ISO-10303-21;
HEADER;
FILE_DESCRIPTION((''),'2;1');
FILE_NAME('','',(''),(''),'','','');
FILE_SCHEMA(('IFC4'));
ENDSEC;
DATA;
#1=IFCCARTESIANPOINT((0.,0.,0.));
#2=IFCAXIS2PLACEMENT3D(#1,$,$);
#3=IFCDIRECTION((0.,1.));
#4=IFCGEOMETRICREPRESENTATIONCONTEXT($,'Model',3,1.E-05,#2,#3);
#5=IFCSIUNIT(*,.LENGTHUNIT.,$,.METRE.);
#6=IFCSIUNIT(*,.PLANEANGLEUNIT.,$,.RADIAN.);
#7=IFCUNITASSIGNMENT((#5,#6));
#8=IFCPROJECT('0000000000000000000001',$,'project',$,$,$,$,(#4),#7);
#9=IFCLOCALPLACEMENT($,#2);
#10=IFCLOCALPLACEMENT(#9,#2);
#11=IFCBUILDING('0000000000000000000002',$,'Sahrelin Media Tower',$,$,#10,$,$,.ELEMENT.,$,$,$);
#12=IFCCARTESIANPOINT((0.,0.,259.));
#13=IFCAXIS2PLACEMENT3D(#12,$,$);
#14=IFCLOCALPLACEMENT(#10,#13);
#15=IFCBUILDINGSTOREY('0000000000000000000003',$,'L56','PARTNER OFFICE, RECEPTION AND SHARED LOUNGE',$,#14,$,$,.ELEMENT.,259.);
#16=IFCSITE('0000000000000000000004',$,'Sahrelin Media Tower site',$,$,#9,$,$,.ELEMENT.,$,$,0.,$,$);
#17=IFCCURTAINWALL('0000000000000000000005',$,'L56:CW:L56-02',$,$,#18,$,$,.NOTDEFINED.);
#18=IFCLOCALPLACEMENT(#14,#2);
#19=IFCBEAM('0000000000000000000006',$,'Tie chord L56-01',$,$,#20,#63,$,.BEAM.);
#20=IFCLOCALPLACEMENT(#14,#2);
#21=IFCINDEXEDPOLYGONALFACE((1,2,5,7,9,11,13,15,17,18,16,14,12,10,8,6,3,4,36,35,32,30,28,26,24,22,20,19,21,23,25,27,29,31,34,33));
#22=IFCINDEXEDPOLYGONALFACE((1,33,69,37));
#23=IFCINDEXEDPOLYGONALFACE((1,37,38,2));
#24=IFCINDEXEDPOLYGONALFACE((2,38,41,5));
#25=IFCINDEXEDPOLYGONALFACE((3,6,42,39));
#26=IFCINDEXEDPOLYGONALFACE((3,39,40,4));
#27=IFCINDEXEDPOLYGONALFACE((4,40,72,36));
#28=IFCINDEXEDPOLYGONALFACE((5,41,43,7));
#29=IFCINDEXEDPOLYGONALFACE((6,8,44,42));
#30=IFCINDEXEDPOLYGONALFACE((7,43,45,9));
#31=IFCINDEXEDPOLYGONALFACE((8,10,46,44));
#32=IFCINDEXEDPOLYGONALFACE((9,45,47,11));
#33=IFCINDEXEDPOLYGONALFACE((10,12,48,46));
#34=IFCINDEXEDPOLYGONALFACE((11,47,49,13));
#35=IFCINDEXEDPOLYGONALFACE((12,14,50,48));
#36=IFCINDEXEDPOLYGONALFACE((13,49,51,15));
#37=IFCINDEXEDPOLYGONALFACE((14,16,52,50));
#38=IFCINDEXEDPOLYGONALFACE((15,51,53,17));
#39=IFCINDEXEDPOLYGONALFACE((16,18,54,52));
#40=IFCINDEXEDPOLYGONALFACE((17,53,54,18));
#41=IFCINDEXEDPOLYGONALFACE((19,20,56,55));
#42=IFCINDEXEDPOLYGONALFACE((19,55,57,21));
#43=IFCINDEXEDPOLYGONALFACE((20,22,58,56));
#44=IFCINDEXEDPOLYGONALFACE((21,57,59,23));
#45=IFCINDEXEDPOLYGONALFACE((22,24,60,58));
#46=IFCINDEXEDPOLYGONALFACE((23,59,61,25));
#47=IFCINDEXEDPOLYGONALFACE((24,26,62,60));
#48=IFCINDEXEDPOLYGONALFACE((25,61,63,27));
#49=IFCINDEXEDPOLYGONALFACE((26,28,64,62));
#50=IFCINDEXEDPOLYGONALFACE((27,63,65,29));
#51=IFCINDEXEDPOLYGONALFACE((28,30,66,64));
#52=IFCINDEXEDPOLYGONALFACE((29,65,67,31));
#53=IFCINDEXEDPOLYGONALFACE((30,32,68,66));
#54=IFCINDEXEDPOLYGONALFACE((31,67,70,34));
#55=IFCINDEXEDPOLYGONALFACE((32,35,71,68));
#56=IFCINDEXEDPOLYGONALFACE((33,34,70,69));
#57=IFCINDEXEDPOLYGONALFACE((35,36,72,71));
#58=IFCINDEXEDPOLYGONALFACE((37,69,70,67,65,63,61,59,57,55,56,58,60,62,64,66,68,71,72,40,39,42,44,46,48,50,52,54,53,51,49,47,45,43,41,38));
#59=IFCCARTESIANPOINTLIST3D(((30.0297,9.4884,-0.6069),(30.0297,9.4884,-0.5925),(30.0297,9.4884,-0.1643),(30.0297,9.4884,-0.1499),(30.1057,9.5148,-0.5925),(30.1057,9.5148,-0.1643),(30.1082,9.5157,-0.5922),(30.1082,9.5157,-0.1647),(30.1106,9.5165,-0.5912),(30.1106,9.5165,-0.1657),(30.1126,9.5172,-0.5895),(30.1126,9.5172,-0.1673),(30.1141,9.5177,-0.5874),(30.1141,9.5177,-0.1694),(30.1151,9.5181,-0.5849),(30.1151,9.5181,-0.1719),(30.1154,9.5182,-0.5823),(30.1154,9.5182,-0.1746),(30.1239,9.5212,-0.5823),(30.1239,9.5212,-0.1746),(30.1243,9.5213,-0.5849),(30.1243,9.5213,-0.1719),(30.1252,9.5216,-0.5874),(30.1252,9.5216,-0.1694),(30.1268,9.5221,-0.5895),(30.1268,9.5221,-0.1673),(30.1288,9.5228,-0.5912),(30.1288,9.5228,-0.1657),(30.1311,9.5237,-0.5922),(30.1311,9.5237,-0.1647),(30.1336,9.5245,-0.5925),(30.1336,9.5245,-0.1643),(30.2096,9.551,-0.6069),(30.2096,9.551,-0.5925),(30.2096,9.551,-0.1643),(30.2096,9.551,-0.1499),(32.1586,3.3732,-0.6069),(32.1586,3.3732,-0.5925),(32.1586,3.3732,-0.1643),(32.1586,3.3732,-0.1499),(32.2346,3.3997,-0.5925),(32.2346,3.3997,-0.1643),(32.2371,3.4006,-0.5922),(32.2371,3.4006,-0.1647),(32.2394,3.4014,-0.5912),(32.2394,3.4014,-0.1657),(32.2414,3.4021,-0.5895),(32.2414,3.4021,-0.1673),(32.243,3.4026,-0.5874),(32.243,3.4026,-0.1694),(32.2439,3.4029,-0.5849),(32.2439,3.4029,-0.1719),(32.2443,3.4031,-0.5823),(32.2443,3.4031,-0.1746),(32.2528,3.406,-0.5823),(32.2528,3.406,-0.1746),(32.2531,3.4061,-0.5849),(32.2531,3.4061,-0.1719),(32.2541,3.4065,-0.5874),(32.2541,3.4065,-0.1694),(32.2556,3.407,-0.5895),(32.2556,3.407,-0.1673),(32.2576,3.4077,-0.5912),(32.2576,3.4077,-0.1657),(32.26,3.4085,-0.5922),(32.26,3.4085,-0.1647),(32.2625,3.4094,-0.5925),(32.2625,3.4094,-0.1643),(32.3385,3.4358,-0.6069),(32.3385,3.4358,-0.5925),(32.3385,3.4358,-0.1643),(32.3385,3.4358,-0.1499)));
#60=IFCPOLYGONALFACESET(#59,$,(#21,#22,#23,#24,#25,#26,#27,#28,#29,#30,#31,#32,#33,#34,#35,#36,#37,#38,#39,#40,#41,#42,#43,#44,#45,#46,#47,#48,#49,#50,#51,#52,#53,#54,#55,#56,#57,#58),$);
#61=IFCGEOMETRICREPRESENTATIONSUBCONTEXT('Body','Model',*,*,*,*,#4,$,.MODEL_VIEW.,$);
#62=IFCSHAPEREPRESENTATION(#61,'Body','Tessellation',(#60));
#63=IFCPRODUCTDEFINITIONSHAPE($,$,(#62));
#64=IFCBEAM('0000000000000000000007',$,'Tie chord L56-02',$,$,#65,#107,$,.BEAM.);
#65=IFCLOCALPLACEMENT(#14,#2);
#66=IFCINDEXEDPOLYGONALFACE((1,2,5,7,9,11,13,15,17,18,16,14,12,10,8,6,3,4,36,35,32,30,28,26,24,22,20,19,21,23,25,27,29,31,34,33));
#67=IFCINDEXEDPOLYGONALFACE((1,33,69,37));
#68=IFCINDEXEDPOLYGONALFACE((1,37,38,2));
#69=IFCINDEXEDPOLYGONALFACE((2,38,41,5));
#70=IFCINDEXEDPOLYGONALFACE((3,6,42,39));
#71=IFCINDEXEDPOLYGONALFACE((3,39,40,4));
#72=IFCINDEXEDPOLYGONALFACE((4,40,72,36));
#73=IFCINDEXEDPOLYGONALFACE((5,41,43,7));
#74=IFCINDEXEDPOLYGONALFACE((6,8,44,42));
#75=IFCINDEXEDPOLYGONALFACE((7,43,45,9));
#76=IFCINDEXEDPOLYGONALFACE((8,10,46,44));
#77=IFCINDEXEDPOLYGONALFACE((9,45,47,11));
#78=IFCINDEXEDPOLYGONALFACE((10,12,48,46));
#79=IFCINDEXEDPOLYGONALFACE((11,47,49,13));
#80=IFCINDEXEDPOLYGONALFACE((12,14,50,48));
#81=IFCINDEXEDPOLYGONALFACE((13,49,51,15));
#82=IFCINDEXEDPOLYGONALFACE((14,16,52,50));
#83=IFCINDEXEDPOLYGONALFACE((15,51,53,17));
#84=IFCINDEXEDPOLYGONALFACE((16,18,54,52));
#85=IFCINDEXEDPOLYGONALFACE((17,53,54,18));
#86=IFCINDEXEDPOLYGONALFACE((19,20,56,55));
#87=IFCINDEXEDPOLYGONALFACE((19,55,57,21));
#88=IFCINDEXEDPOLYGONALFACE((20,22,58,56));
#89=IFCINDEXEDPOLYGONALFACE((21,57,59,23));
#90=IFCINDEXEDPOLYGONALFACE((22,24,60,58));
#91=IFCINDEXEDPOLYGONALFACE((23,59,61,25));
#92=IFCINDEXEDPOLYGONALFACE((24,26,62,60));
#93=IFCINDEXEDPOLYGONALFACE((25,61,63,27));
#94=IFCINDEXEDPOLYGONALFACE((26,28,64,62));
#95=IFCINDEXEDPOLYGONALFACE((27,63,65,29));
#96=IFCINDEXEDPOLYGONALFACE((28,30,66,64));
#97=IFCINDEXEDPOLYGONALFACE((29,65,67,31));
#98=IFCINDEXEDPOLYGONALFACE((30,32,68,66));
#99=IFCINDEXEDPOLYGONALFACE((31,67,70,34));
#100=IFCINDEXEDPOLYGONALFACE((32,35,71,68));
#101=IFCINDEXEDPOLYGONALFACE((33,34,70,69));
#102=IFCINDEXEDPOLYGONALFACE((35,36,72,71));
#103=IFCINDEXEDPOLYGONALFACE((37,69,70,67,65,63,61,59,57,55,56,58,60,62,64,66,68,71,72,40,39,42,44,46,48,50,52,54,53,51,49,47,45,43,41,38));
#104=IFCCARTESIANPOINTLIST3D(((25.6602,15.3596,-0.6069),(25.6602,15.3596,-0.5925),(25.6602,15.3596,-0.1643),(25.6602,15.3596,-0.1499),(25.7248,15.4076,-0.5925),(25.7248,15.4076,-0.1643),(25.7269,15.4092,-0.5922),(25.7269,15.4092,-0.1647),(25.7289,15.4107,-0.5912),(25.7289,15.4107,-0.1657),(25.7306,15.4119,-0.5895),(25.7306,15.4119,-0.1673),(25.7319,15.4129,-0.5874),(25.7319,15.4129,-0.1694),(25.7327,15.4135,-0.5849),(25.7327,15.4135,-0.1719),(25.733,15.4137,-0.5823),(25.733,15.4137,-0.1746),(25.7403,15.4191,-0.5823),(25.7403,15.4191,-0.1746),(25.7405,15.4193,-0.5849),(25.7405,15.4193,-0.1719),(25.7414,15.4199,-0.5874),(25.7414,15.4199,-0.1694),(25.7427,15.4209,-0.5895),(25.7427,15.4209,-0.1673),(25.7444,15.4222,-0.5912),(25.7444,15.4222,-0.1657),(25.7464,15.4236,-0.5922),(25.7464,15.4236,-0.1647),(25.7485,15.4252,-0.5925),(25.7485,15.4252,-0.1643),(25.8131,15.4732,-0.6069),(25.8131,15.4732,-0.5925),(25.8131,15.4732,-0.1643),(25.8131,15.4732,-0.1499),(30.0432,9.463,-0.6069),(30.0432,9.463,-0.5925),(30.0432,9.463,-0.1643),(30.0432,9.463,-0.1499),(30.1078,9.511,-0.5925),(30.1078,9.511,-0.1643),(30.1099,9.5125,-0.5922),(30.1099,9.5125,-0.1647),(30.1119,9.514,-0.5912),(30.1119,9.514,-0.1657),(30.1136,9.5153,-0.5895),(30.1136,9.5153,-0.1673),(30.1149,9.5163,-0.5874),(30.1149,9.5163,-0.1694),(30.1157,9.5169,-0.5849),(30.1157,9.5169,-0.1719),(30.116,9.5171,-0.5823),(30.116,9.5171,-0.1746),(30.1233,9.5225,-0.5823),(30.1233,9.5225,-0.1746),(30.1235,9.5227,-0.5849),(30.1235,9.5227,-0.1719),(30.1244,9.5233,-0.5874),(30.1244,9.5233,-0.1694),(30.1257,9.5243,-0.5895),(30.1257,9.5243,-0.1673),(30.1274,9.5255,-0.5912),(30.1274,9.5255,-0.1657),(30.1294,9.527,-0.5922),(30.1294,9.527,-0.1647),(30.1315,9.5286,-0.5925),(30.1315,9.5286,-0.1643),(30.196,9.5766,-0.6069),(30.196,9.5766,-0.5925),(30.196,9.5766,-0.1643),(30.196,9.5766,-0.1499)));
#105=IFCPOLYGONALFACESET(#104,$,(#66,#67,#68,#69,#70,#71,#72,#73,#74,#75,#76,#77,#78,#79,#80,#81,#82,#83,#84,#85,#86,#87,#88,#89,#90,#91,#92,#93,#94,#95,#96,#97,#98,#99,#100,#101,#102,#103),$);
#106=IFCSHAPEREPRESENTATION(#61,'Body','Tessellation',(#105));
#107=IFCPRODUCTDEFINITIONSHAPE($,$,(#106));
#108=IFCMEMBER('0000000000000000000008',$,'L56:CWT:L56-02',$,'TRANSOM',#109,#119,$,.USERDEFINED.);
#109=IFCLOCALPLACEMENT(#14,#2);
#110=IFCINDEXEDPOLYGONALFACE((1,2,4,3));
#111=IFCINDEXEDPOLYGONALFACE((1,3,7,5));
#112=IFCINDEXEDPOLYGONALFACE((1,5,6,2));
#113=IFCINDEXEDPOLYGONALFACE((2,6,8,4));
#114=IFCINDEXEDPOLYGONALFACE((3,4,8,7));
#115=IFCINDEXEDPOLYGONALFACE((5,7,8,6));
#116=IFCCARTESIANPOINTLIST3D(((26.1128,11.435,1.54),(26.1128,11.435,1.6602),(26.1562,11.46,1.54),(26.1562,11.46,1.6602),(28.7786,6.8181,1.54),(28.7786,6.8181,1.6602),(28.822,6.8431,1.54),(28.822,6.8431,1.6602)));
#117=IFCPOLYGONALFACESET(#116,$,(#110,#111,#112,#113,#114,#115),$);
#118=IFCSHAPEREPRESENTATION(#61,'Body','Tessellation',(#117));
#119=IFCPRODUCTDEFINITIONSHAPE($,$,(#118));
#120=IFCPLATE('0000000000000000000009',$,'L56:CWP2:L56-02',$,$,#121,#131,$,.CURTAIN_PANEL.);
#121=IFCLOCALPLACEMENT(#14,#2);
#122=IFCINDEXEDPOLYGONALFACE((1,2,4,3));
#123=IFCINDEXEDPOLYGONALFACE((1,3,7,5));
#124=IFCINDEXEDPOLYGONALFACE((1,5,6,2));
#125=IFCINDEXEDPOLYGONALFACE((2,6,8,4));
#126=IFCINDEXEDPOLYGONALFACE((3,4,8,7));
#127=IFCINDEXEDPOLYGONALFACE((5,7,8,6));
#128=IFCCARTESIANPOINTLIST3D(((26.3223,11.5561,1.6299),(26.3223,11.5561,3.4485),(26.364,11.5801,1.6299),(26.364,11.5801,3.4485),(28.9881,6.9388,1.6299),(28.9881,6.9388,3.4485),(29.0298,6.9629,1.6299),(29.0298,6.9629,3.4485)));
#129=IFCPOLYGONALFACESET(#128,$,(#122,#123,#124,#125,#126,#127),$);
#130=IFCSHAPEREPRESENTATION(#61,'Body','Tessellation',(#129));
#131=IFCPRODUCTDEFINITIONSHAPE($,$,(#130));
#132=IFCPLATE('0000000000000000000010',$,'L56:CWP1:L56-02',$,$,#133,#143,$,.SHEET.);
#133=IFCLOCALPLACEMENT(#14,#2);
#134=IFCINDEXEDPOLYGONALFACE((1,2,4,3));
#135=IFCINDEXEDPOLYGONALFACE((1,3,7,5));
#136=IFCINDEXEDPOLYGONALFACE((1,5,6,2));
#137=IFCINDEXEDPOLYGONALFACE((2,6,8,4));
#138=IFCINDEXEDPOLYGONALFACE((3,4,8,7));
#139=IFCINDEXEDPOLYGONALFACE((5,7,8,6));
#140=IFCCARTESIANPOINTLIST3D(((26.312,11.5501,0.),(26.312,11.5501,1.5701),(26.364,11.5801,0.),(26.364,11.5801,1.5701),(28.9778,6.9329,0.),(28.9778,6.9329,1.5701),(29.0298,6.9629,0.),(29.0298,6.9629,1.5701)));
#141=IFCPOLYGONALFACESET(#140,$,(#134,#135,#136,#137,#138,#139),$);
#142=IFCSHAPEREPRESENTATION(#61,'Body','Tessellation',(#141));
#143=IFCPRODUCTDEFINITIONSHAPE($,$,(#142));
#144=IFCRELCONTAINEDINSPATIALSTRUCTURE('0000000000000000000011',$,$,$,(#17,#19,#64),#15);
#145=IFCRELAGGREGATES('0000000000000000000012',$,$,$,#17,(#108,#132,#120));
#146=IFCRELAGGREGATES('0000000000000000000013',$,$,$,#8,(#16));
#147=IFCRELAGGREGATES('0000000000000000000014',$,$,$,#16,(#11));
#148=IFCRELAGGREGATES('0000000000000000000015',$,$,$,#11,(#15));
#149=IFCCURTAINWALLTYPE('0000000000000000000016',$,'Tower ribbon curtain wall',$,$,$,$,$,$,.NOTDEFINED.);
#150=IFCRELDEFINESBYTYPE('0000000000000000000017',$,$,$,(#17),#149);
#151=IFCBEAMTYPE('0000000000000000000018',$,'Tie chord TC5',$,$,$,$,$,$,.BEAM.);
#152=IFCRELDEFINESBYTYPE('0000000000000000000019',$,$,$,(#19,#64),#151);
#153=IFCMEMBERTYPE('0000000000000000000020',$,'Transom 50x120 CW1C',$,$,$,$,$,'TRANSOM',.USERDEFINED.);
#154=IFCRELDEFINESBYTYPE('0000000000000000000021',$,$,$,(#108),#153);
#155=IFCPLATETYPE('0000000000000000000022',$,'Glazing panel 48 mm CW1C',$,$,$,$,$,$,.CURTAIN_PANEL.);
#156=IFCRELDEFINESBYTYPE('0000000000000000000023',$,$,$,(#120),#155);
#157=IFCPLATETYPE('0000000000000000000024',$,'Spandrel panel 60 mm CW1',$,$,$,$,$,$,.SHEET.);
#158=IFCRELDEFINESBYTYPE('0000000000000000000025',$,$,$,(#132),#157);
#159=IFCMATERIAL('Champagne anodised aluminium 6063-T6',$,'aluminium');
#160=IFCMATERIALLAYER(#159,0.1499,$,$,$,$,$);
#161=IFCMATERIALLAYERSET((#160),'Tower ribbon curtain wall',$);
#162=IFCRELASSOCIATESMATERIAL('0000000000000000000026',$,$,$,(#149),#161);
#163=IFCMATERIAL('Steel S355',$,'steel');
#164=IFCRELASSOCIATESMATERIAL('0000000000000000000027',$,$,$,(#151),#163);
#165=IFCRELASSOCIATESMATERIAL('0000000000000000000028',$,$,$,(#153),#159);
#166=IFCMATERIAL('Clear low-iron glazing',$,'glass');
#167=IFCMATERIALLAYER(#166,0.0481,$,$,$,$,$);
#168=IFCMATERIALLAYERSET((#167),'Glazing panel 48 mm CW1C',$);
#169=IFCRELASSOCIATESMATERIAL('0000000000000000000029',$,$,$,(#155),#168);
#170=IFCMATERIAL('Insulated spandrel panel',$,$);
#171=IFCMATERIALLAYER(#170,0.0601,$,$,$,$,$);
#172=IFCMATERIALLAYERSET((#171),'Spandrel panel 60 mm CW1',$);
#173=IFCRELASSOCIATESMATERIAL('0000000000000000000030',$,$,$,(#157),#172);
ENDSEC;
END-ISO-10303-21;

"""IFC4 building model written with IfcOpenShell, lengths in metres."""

from ifc_helpers import new_model, si_unit, direction, frame, origin, origin_2d, place, context, subcontext, project, spatial, polyline, rectangle, i_section, outline, extrude, material, layer, layer_set, material_profile, profile_set, type_object, element, aggregate, save


model = new_model("IFC4")

# Units and contexts
model_context = context("Model", 3, precision=1e-05, world=origin(), true_north=direction((0.0, 1.0)))
body_context = subcontext(model_context, "Body", "Model", "MODEL_VIEW")
ifc_project = project(units=[si_unit("LENGTHUNIT", "METRE"), si_unit("PLANEANGLEUNIT", "RADIAN")], contexts=[model_context])

# Site, building, storey
site_placement = place(None, origin())
site = spatial("IfcSite", under=ifc_project, at=site_placement, Name="Sahrelin Media Tower site", CompositionType="ELEMENT", RefElevation=0.0)
building_placement = place(site_placement, origin())
building = spatial("IfcBuilding", under=site, at=building_placement, Name="Sahrelin Media Tower", CompositionType="ELEMENT")
storey_placement = place(building_placement, frame((0.0, 0.0, 259.0)))
storey = spatial("IfcBuildingStorey", under=building, at=storey_placement, Name="L56", Description="PARTNER OFFICE, RECEPTION AND SHARED LOUNGE", CompositionType="ELEMENT", Elevation=259.0)

# Shared definitions
ifc_material_1 = material(Name="Steel S355", Category="steel")

# Curtain wall
ifc_material_2 = material(Name="Champagne anodised aluminium 6063-T6", Category="aluminium")
ifc_layer_1 = layer(ifc_material_2, 0.1499)
ifc_layer_set_1 = layer_set([ifc_layer_1], Name="Tower ribbon curtain wall")
curtain_wall_type = type_object("IfcCurtainWallType", Name="Tower ribbon curtain wall", PredefinedType="NOTDEFINED", material=ifc_layer_set_1)
curtain_wall_placement = place(storey_placement, frame((27.6794, 9.2615, 0.0), z_axis=(0.0, 0.0, 1.0), x_axis=(1.0, 0.0, 0.0)))
curtain_wall = element("IfcCurtainWall", 1, at=curtain_wall_placement, inside=storey, type_object=curtain_wall_type, Name="L56:CW:L56-02", PredefinedType="NOTDEFINED")

# Beams
ifc_material_profile_1 = material_profile(ifc_material_1, i_section(OverallWidth=0.1904, OverallDepth=0.457, WebThickness=0.009, FlangeThickness=0.0144, FilletRadius=0.0103, at=origin_2d()), Name="UB 457x191x74")
ifc_profile_set_1 = profile_set([ifc_material_profile_1], Name="Steel S355")
beam_type_1 = type_object("IfcBeamType", Name="Tie chord TC5", PredefinedType="BEAM", material=ifc_profile_set_1)
beam_1_placement = place(storey_placement, frame((32.2485, 3.4045, -0.3784), z_axis=(-0.328778, 0.944407, 0.0), x_axis=(-0.944407, -0.328778, 0.0)))
element("IfcBeam", 2, at=beam_1_placement, inside=storey, type_object=beam_type_1, Name="Tie chord L56-01", PredefinedType="BEAM", context=body_context, shape_type="SweptSolid", body=[
    extrude(i_section(OverallWidth=0.1904, OverallDepth=0.457, WebThickness=0.009, FlangeThickness=0.0144, FilletRadius=0.0103, at=origin_2d()), origin(), (0.0, 0.0, 1.0), 6.4751),
])
beam_2_placement = place(storey_placement, frame((30.1196, 9.5198, -0.3784), z_axis=(-0.596555, 0.802572, 0.0), x_axis=(-0.802572, -0.596555, 0.0)))
element("IfcBeam", 3, at=beam_2_placement, inside=storey, type_object=beam_type_1, Name="Tie chord L56-02", PredefinedType="BEAM", context=body_context, shape_type="SweptSolid", body=[
    extrude(i_section(OverallWidth=0.1904, OverallDepth=0.457, WebThickness=0.009, FlangeThickness=0.0144, FilletRadius=0.0103, at=origin_2d()), origin(), (0.0, 0.0, 1.0), 7.3472),
])

# Member
ifc_material_profile_2 = material_profile(ifc_material_2, rectangle(XDim=0.05, YDim=0.1201, at=origin_2d()), Name="Transom 50x120")
ifc_profile_set_2 = profile_set([ifc_material_profile_2], Name="Champagne anodised aluminium 6063-T6")
member_type_1 = type_object("IfcMemberType", Name="Transom 50x120 CW1C", ElementType="TRANSOM", PredefinedType="USERDEFINED", material=ifc_profile_set_2)
member_1_placement = place(storey_placement, frame((28.8003, 6.8306, 1.6001), z_axis=(-0.500025, 0.866011, 0.0), x_axis=(-0.866011, -0.500025, 0.0)))
member_1 = element("IfcMember", 4, at=member_1_placement, type_object=member_type_1, Name="L56:CWT:L56-02", ObjectType="TRANSOM", PredefinedType="USERDEFINED", context=body_context, shape_type="SweptSolid", body=[
    extrude(rectangle(XDim=0.05, YDim=0.1201, at=origin_2d()), origin(), (0.0, 0.0, 1.0), 5.3313),
])

# Plates
ifc_material_3 = material(Name="Clear low-iron glazing", Category="glass")
ifc_layer_2 = layer(ifc_material_3, 0.0481)
ifc_layer_set_2 = layer_set([ifc_layer_2], Name="Glazing panel 48 mm CW1C")
plate_type_1 = type_object("IfcPlateType", Name="Glazing panel 48 mm CW1C", PredefinedType="CURTAIN_PANEL", material=ifc_layer_set_2)
plate_1_placement = place(storey_placement, frame((29.0298, 6.9629, 1.6299), z_axis=(0.866022, 0.500005, 0.0), x_axis=(-0.500005, 0.866022, 0.0)))
plate_1 = element("IfcPlate", 5, at=plate_1_placement, type_object=plate_type_1, Name="L56:CWP2:L56-02", PredefinedType="CURTAIN_PANEL", context=body_context, shape_type="SweptSolid", body=[
    extrude(outline(polyline([(0.0, 0.0), (5.3315, 0.0), (5.3315, 1.8186), (0.0, 1.8186), (0.0, 0.0)])), origin(), (0.0, 0.0, -1.0), 0.0481),
])
ifc_material_4 = material(Name="Insulated spandrel panel")
ifc_layer_3 = layer(ifc_material_4, 0.0601)
ifc_layer_set_3 = layer_set([ifc_layer_3], Name="Spandrel panel 60 mm CW1")
plate_type_2 = type_object("IfcPlateType", Name="Spandrel panel 60 mm CW1", PredefinedType="SHEET", material=ifc_layer_set_3)
plate_2_placement = place(storey_placement, frame((29.0298, 6.9629, 0.0), z_axis=(0.866022, 0.500005, 0.0), x_axis=(-0.500005, 0.866022, 0.0)))
plate_2 = element("IfcPlate", 6, at=plate_2_placement, type_object=plate_type_2, Name="L56:CWP1:L56-02", PredefinedType="SHEET", context=body_context, shape_type="SweptSolid", body=[
    extrude(outline(polyline([(0.0, 0.0), (5.3315, 0.0), (5.3315, 1.5701), (0.0, 1.5701), (0.0, 0.0)])), origin(), (0.0, 0.0, -1.0), 0.0601),
])
aggregate(curtain_wall, [member_1, plate_2, plate_1])

save(model, "model.ifc")
